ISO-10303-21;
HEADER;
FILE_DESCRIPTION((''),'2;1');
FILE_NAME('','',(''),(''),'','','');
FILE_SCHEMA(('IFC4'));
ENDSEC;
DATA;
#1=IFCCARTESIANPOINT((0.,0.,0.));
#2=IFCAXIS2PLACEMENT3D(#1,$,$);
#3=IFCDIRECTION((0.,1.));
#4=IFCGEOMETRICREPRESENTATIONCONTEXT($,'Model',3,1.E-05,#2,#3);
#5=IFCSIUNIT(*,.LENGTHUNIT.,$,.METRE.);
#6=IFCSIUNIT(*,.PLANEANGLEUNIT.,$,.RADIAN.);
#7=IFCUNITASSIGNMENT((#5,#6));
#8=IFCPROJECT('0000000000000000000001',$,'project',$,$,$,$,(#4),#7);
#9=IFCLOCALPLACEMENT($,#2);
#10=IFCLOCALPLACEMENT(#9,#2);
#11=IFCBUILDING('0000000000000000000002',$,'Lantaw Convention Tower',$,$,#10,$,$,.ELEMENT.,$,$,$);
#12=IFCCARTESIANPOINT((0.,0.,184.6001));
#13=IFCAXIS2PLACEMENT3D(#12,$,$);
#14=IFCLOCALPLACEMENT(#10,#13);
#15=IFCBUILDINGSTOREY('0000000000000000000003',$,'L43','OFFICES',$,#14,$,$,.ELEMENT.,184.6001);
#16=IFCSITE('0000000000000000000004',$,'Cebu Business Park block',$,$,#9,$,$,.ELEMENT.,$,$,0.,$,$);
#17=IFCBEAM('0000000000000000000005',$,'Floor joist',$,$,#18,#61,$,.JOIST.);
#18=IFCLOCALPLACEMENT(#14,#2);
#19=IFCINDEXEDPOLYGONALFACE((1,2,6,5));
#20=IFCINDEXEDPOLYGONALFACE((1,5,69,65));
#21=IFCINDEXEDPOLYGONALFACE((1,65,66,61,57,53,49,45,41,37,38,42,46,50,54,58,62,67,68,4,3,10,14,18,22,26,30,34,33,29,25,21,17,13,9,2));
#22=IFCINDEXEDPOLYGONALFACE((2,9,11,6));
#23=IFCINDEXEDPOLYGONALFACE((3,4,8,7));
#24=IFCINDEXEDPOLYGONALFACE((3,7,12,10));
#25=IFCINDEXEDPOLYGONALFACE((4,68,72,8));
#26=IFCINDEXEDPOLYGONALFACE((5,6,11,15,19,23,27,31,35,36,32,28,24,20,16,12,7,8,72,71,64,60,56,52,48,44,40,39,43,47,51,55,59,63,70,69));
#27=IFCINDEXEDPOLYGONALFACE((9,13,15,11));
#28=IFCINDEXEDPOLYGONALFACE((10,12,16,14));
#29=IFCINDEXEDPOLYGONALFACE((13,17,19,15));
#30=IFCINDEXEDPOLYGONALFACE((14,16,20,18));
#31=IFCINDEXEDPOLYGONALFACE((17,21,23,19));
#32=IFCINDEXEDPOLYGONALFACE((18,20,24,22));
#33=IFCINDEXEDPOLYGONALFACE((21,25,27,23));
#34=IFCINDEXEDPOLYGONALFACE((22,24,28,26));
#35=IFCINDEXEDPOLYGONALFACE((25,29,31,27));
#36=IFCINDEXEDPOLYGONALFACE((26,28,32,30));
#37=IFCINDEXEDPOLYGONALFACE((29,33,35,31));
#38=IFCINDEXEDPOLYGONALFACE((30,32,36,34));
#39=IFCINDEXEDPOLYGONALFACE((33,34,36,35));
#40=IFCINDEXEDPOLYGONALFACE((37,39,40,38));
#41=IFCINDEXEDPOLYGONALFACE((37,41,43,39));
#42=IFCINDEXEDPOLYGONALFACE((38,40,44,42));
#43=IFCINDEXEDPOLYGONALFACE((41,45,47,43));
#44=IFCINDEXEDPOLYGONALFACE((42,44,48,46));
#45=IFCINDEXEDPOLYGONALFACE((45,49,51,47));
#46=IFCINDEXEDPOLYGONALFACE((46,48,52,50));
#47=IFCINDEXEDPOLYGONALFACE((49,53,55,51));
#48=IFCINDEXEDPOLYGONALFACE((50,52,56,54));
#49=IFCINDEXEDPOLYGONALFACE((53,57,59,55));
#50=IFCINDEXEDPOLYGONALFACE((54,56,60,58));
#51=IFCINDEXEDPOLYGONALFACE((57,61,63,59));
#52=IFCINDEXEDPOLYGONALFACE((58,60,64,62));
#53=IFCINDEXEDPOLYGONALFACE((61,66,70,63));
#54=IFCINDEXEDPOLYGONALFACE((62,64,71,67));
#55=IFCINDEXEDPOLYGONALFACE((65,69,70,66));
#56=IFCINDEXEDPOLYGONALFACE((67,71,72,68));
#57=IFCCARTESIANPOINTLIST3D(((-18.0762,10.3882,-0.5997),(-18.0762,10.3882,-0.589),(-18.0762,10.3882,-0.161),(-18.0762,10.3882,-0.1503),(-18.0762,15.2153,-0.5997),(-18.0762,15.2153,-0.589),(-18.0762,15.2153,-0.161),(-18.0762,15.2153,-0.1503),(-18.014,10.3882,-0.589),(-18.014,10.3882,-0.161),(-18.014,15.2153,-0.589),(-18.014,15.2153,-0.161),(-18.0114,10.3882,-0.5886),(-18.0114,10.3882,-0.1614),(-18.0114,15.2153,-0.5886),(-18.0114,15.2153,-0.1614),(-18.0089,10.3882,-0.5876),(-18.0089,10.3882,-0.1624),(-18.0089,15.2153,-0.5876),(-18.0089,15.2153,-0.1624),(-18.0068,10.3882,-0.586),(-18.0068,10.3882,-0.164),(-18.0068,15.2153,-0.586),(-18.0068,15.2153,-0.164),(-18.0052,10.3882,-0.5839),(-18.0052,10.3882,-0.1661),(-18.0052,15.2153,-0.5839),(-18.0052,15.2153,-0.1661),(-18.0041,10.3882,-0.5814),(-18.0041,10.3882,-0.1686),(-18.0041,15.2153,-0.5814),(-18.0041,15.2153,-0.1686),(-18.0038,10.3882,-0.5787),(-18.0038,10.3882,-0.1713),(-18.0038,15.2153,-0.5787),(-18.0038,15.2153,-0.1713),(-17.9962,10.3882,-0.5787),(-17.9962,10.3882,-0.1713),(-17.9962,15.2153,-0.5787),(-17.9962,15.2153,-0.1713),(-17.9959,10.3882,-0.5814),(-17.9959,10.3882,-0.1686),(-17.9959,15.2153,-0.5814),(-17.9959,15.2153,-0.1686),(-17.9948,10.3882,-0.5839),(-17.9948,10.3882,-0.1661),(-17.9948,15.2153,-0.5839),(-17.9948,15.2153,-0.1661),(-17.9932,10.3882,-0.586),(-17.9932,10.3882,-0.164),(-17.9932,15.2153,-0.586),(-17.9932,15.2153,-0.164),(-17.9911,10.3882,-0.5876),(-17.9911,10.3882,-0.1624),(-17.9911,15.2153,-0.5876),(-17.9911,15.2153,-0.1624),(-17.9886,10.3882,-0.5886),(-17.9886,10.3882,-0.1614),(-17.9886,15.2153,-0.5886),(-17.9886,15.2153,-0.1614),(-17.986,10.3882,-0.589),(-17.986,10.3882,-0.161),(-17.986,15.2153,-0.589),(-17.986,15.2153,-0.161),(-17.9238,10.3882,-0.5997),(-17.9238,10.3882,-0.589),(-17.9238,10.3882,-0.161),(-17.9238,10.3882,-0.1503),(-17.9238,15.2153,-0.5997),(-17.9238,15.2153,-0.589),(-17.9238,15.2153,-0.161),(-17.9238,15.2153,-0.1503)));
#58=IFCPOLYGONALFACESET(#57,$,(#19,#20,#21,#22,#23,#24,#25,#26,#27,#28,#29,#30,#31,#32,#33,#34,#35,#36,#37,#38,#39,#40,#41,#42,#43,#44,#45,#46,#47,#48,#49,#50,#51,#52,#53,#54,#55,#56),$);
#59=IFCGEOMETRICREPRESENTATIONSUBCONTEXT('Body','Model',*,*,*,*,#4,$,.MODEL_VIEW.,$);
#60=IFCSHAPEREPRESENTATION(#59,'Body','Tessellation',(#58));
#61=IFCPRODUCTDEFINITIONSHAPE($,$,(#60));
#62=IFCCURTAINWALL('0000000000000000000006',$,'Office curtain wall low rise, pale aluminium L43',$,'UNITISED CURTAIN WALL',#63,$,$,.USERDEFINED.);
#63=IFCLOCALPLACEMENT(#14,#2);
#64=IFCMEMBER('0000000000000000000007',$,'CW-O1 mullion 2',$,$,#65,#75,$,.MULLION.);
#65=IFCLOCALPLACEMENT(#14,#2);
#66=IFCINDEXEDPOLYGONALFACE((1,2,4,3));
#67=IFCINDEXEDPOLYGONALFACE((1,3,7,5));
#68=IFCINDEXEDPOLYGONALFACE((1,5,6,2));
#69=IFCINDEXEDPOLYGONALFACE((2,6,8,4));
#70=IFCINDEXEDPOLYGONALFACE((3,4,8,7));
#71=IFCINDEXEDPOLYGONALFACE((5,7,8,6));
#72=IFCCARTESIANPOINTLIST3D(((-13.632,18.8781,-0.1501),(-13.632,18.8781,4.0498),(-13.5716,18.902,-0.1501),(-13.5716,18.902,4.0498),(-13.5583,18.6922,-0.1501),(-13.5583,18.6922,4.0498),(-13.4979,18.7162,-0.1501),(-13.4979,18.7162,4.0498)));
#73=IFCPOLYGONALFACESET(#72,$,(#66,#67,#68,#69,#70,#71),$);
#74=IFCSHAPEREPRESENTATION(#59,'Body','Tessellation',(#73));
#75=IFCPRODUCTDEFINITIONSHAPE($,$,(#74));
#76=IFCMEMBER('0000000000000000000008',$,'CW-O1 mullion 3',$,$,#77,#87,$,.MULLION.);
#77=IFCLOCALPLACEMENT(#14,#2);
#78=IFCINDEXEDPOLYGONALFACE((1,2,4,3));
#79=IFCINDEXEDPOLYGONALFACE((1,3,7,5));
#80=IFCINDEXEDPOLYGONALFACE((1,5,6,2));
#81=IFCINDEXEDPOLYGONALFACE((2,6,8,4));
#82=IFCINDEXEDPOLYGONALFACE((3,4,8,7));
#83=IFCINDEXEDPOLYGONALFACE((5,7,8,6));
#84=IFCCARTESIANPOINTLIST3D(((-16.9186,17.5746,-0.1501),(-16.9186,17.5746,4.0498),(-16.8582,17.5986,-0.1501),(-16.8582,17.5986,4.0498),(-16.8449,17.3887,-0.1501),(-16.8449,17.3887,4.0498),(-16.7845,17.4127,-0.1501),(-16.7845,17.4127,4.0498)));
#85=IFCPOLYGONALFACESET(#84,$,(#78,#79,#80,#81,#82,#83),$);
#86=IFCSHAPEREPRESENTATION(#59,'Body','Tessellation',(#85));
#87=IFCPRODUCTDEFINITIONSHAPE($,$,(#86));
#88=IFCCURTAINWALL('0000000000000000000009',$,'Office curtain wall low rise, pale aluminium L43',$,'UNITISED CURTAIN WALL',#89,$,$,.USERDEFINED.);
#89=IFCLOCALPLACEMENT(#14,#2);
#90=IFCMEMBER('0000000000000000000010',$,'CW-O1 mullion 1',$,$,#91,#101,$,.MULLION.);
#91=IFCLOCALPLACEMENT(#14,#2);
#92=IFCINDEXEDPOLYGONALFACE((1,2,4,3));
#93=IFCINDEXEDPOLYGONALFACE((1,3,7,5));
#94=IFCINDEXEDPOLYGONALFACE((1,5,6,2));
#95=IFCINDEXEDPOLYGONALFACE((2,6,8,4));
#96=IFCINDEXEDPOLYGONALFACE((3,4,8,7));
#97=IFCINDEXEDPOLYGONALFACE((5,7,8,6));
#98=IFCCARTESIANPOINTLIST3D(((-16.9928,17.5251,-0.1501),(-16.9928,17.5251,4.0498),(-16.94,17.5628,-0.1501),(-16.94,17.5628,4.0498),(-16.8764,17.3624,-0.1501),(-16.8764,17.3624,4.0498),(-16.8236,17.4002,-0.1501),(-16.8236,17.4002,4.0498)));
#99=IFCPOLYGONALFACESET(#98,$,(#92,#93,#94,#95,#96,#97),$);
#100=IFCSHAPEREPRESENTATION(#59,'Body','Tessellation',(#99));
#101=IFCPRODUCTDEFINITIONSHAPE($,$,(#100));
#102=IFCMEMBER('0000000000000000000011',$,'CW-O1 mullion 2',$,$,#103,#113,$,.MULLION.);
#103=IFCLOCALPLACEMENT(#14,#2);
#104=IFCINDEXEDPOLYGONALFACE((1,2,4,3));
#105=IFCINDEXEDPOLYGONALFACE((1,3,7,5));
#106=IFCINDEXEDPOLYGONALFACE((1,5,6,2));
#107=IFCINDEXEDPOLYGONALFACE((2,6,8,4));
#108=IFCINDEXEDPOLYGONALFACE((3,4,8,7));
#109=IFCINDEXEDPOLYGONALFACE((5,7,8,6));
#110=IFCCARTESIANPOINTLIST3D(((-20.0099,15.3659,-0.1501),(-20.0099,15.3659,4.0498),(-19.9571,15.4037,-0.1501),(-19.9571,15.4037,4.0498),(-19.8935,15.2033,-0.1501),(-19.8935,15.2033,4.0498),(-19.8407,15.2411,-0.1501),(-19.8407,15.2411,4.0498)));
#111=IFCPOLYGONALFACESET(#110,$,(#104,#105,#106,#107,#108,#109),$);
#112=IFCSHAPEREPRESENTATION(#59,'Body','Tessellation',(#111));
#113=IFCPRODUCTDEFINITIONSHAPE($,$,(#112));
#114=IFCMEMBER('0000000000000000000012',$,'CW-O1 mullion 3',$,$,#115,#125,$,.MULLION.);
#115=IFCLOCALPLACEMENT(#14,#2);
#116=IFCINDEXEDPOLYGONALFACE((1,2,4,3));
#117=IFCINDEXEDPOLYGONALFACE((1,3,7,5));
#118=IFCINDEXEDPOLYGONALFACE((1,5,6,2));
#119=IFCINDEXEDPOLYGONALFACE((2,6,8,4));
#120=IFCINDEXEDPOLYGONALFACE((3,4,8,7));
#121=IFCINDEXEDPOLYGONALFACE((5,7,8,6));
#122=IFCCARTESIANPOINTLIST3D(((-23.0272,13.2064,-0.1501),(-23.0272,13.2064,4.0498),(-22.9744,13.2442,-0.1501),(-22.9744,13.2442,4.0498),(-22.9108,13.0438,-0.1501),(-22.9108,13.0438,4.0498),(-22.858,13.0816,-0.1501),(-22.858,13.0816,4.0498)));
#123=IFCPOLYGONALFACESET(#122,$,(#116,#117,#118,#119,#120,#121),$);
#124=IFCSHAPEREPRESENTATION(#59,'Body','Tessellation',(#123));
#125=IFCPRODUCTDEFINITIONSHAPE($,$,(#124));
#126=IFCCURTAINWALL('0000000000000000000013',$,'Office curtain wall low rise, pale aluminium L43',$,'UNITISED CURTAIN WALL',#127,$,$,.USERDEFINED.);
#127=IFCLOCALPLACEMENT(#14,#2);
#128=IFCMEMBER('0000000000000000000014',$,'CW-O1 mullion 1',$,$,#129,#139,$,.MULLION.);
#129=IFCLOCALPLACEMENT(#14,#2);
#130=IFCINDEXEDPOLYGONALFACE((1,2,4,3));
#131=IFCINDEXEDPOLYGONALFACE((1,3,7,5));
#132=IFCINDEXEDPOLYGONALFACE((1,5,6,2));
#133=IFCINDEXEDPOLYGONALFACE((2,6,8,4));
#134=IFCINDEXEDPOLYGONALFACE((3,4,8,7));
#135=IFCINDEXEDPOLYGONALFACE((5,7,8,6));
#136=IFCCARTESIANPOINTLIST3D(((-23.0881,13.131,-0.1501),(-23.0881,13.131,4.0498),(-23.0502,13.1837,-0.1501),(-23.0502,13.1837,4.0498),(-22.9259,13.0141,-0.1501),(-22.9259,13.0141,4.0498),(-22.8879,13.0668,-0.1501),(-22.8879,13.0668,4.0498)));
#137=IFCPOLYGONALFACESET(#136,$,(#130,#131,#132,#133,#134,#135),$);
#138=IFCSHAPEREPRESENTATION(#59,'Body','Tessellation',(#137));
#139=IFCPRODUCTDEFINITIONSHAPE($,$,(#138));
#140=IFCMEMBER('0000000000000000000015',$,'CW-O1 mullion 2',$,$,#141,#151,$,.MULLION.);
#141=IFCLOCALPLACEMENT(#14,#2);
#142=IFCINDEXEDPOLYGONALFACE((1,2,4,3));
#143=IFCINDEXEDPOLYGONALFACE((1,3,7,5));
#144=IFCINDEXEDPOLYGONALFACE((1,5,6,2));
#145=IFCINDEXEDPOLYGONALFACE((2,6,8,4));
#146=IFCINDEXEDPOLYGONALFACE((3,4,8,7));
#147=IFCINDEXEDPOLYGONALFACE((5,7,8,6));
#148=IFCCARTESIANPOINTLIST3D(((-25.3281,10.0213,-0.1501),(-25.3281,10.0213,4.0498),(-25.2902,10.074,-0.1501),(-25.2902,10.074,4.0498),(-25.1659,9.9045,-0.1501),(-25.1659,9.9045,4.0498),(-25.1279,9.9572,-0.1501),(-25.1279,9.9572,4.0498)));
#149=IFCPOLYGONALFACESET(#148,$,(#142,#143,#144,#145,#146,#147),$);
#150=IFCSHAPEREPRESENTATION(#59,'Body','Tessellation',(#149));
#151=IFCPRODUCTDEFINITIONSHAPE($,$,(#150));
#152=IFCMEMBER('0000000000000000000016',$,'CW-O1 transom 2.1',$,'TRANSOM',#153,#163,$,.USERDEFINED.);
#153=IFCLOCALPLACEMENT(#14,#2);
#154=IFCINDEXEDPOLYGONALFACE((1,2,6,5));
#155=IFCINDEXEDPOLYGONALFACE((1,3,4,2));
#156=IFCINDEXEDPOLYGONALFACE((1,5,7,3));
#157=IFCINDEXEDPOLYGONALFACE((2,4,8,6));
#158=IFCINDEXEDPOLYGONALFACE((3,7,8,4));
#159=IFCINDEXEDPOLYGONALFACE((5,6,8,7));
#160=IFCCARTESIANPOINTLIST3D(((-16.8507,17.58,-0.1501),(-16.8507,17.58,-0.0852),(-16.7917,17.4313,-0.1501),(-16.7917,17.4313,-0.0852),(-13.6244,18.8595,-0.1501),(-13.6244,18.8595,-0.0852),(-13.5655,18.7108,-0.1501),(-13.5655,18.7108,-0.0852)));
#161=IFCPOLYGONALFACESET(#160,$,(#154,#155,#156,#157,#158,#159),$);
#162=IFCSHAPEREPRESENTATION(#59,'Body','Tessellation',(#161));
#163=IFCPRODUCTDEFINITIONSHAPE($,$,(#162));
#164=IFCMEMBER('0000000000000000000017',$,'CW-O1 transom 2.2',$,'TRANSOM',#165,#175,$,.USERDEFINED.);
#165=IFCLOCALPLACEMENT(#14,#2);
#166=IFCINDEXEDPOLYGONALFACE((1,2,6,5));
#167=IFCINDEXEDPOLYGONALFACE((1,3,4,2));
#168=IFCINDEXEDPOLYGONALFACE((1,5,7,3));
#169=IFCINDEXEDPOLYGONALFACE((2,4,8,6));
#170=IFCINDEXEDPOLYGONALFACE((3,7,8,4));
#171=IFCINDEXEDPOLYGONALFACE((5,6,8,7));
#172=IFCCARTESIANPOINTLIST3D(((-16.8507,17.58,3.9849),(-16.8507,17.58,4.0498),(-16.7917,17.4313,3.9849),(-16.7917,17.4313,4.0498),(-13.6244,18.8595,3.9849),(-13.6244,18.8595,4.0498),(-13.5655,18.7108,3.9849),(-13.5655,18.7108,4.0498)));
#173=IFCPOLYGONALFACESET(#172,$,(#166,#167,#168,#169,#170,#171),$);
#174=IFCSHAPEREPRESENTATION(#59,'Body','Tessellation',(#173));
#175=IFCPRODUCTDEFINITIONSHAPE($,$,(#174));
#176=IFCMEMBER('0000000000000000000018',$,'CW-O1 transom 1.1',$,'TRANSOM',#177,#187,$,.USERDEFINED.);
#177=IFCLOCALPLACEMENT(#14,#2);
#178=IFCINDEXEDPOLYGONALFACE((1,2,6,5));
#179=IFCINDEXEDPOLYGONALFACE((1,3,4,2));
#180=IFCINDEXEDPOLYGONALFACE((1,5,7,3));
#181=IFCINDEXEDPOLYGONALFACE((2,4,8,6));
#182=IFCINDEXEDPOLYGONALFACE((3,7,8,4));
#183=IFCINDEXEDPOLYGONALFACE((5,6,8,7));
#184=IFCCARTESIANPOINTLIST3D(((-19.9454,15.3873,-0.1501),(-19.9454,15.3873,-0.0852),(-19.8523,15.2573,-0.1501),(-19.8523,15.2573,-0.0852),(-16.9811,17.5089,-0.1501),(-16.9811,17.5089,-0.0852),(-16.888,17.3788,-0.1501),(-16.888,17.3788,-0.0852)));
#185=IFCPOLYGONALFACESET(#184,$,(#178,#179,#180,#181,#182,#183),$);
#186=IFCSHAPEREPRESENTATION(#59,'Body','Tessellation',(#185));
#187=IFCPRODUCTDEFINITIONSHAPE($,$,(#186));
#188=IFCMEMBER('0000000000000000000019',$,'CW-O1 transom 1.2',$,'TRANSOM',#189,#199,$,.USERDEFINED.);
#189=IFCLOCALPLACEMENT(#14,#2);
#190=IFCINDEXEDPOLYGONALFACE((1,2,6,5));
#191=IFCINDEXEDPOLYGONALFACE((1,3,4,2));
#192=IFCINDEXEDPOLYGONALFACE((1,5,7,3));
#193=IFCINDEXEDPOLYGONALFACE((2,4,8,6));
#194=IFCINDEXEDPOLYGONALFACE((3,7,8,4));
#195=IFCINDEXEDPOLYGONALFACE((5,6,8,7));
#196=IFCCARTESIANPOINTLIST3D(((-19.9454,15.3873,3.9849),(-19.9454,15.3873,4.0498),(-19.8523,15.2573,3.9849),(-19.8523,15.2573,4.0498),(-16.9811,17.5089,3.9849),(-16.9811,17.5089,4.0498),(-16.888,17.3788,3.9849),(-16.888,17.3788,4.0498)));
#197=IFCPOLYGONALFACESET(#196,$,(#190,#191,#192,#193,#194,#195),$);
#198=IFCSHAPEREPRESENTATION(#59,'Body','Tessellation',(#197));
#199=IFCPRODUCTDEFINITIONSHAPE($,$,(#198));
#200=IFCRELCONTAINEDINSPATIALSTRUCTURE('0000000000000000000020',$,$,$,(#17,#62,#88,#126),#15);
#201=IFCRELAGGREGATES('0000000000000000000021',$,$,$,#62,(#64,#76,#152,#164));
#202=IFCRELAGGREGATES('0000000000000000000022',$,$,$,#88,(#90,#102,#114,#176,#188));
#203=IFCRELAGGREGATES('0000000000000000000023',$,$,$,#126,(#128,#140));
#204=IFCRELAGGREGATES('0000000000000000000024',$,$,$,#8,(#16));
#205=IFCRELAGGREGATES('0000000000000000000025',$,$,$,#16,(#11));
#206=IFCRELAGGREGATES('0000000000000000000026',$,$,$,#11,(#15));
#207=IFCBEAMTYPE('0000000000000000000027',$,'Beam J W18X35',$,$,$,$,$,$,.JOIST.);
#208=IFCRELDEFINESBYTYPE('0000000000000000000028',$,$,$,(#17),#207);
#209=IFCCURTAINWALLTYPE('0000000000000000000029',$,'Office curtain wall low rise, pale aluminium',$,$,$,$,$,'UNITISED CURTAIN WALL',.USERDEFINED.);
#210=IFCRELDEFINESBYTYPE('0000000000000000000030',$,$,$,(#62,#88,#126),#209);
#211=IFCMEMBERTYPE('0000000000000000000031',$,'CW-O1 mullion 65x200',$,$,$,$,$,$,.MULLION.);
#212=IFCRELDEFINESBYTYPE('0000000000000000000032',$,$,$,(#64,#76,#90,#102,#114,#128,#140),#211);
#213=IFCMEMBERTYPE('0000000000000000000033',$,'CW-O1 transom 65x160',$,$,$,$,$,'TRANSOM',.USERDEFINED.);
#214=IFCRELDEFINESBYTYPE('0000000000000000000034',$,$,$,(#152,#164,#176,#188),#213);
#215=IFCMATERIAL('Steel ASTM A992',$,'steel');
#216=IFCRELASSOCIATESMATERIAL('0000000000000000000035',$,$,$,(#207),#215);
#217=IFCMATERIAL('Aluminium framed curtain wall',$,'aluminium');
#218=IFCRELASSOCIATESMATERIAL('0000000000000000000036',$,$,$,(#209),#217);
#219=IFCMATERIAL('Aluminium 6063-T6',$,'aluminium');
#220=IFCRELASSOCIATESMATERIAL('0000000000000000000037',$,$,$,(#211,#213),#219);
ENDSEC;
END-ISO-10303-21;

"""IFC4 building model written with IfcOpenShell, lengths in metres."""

from ifc_helpers import new_model, si_unit, direction, frame, origin, origin_2d, place, context, subcontext, project, spatial, rectangle, i_section, extrude, material, material_profile, profile_set, type_object, element, aggregate, save


model = new_model("IFC4")

# Units and contexts
model_context = context("Model", 3, precision=1e-05, world=origin(), true_north=direction((0.0, 1.0)))
body_context = subcontext(model_context, "Body", "Model", "MODEL_VIEW")
ifc_project = project(units=[si_unit("LENGTHUNIT", "METRE"), si_unit("PLANEANGLEUNIT", "RADIAN")], contexts=[model_context])

# Site, building, storey
site_placement = place(None, origin())
site = spatial("IfcSite", under=ifc_project, at=site_placement, Name="Cebu Business Park block", CompositionType="ELEMENT", RefElevation=0.0)
building_placement = place(site_placement, origin())
building = spatial("IfcBuilding", under=site, at=building_placement, Name="Lantaw Convention Tower", CompositionType="ELEMENT")
storey_placement = place(building_placement, frame((0.0, 0.0, 184.6001)))
storey = spatial("IfcBuildingStorey", under=building, at=storey_placement, Name="L43", Description="OFFICES", CompositionType="ELEMENT", Elevation=184.6001)

# Beam
ifc_material_1 = material(Name="Steel ASTM A992", Category="steel")
ifc_material_profile_1 = material_profile(ifc_material_1, i_section(OverallWidth=0.1523, OverallDepth=0.4495, WebThickness=0.0076, FlangeThickness=0.0107, FilletRadius=0.0103, at=origin_2d()), Name="W18X35")
ifc_profile_set_1 = profile_set([ifc_material_profile_1], Name="Steel ASTM A992")
beam_type_1 = type_object("IfcBeamType", Name="Beam J W18X35", PredefinedType="JOIST", material=ifc_profile_set_1)
beam_1_placement = place(storey_placement, frame((-18.0, 10.3882, -0.375), z_axis=(0.0, 1.0, 0.0), x_axis=(-1.0, 0.0, 0.0)))
element("IfcBeam", 1, at=beam_1_placement, inside=storey, type_object=beam_type_1, Name="Floor joist", PredefinedType="JOIST", context=body_context, shape_type="SweptSolid", body=[
    extrude(i_section(OverallWidth=0.1523, OverallDepth=0.4495, WebThickness=0.0076, FlangeThickness=0.0107, FilletRadius=0.0103, at=origin_2d()), origin(), (0.0, 0.0, 1.0), 4.8271),
])

# Curtain walls, members
ifc_material_2 = material(Name="Aluminium framed curtain wall", Category="aluminium")
curtain_wall_type = type_object("IfcCurtainWallType", Name="Office curtain wall low rise, pale aluminium", ElementType="UNITISED CURTAIN WALL", PredefinedType="USERDEFINED", material=ifc_material_2)
curtain_wall_1_placement = place(storey_placement, origin())
curtain_wall_1 = element("IfcCurtainWall", 2, at=curtain_wall_1_placement, inside=storey, type_object=curtain_wall_type, Name="Office curtain wall low rise, pale aluminium L43", ObjectType="UNITISED CURTAIN WALL", PredefinedType="USERDEFINED")
ifc_material_3 = material(Name="Aluminium 6063-T6", Category="aluminium")
ifc_material_profile_2 = material_profile(ifc_material_3, rectangle(XDim=0.2, YDim=0.0649, at=origin_2d()), Name="CW-O1 mullion 65x200")
ifc_profile_set_2 = profile_set([ifc_material_profile_2], Name="Aluminium 6063-T6")
member_type_1 = type_object("IfcMemberType", Name="CW-O1 mullion 65x200", PredefinedType="MULLION", material=ifc_profile_set_2)
member_1_placement = place(storey_placement, frame((-13.5649, 18.7971, -0.1501), z_axis=(0.0, 0.0, 1.0), x_axis=(0.368702, -0.929548, 0.0)))
member_1 = element("IfcMember", 3, at=member_1_placement, type_object=member_type_1, Name="CW-O1 mullion 2", PredefinedType="MULLION", context=body_context, shape_type="SweptSolid", body=[
    extrude(rectangle(XDim=0.2, YDim=0.0649, at=origin_2d()), origin(), (0.0, 0.0, 1.0), 4.2),
])
member_2_placement = place(storey_placement, frame((-16.8516, 17.4937, -0.1501), z_axis=(0.0, 0.0, 1.0), x_axis=(0.368702, -0.929548, 0.0)))
member_2 = element("IfcMember", 4, at=member_2_placement, type_object=member_type_1, Name="CW-O1 mullion 3", PredefinedType="MULLION", context=body_context, shape_type="SweptSolid", body=[
    extrude(rectangle(XDim=0.2, YDim=0.0649, at=origin_2d()), origin(), (0.0, 0.0, 1.0), 4.2),
])
curtain_wall_2_placement = place(storey_placement, origin())
curtain_wall_2 = element("IfcCurtainWall", 5, at=curtain_wall_2_placement, inside=storey, type_object=curtain_wall_type, Name="Office curtain wall low rise, pale aluminium L43", ObjectType="UNITISED CURTAIN WALL", PredefinedType="USERDEFINED")
member_3_placement = place(storey_placement, frame((-16.9082, 17.4626, -0.1501), z_axis=(0.0, 0.0, 1.0), x_axis=(0.581973, -0.813208, 0.0)))
member_3 = element("IfcMember", 6, at=member_3_placement, type_object=member_type_1, Name="CW-O1 mullion 1", PredefinedType="MULLION", context=body_context, shape_type="SweptSolid", body=[
    extrude(rectangle(XDim=0.2, YDim=0.0649, at=origin_2d()), origin(), (0.0, 0.0, 1.0), 4.2),
])
member_4_placement = place(storey_placement, frame((-19.9253, 15.3035, -0.1501), z_axis=(0.0, 0.0, 1.0), x_axis=(0.581973, -0.813208, 0.0)))
member_4 = element("IfcMember", 7, at=member_4_placement, type_object=member_type_1, Name="CW-O1 mullion 2", PredefinedType="MULLION", context=body_context, shape_type="SweptSolid", body=[
    extrude(rectangle(XDim=0.2, YDim=0.0649, at=origin_2d()), origin(), (0.0, 0.0, 1.0), 4.2),
])
member_5_placement = place(storey_placement, frame((-22.9426, 13.144, -0.1501), z_axis=(0.0, 0.0, 1.0), x_axis=(0.581973, -0.813208, 0.0)))
member_5 = element("IfcMember", 8, at=member_5_placement, type_object=member_type_1, Name="CW-O1 mullion 3", PredefinedType="MULLION", context=body_context, shape_type="SweptSolid", body=[
    extrude(rectangle(XDim=0.2, YDim=0.0649, at=origin_2d()), origin(), (0.0, 0.0, 1.0), 4.2),
])
curtain_wall_3_placement = place(storey_placement, origin())
curtain_wall_3 = element("IfcCurtainWall", 9, at=curtain_wall_3_placement, inside=storey, type_object=curtain_wall_type, Name="Office curtain wall low rise, pale aluminium L43", ObjectType="UNITISED CURTAIN WALL", PredefinedType="USERDEFINED")
member_6_placement = place(storey_placement, frame((-22.988, 13.0989, -0.1501), z_axis=(0.0, 0.0, 1.0), x_axis=(0.811385, -0.584513, 0.0)))
member_6 = element("IfcMember", 10, at=member_6_placement, type_object=member_type_1, Name="CW-O1 mullion 1", PredefinedType="MULLION", context=body_context, shape_type="SweptSolid", body=[
    extrude(rectangle(XDim=0.2, YDim=0.0649, at=origin_2d()), origin(), (0.0, 0.0, 1.0), 4.2),
])
member_7_placement = place(storey_placement, frame((-25.228, 9.9893, -0.1501), z_axis=(0.0, 0.0, 1.0), x_axis=(0.811385, -0.584513, 0.0)))
member_7 = element("IfcMember", 11, at=member_7_placement, type_object=member_type_1, Name="CW-O1 mullion 2", PredefinedType="MULLION", context=body_context, shape_type="SweptSolid", body=[
    extrude(rectangle(XDim=0.2, YDim=0.0649, at=origin_2d()), origin(), (0.0, 0.0, 1.0), 4.2),
])

# Members
ifc_material_profile_3 = material_profile(ifc_material_3, rectangle(XDim=0.1599, YDim=0.0649, at=origin_2d()), Name="CW-O1 transom 65x160")
ifc_profile_set_3 = profile_set([ifc_material_profile_3], Name="Aluminium 6063-T6")
member_type_2 = type_object("IfcMemberType", Name="CW-O1 transom 65x160", ElementType="TRANSOM", PredefinedType="USERDEFINED", material=ifc_profile_set_3)
member_8_placement = place(storey_placement, frame((-13.595, 18.7852, -0.1177), z_axis=(-0.929564, -0.36866, 0.0), x_axis=(0.36866, -0.929564, 0.0)))
member_8 = element("IfcMember", 12, at=member_8_placement, type_object=member_type_2, Name="CW-O1 transom 2.1", ObjectType="TRANSOM", PredefinedType="USERDEFINED", context=body_context, shape_type="SweptSolid", body=[
    extrude(rectangle(XDim=0.1599, YDim=0.0649, at=origin_2d()), origin(), (0.0, 0.0, 1.0), 3.4707),
])
member_9_placement = place(storey_placement, frame((-13.595, 18.7852, 4.0173), z_axis=(-0.929564, -0.36866, 0.0), x_axis=(0.36866, -0.929564, 0.0)))
member_9 = element("IfcMember", 13, at=member_9_placement, type_object=member_type_2, Name="CW-O1 transom 2.2", ObjectType="TRANSOM", PredefinedType="USERDEFINED", context=body_context, shape_type="SweptSolid", body=[
    extrude(rectangle(XDim=0.1599, YDim=0.0649, at=origin_2d()), origin(), (0.0, 0.0, 1.0), 3.4707),
])
member_10_placement = place(storey_placement, frame((-16.9346, 17.4438, -0.1177), z_axis=(-0.81319, -0.581998, 0.0), x_axis=(0.581998, -0.81319, 0.0)))
member_10 = element("IfcMember", 14, at=member_10_placement, type_object=member_type_2, Name="CW-O1 transom 1.1", ObjectType="TRANSOM", PredefinedType="USERDEFINED", context=body_context, shape_type="SweptSolid", body=[
    extrude(rectangle(XDim=0.1599, YDim=0.0649, at=origin_2d()), origin(), (0.0, 0.0, 1.0), 3.6453),
])
member_11_placement = place(storey_placement, frame((-16.9346, 17.4438, 4.0173), z_axis=(-0.81319, -0.581998, 0.0), x_axis=(0.581998, -0.81319, 0.0)))
member_11 = element("IfcMember", 15, at=member_11_placement, type_object=member_type_2, Name="CW-O1 transom 1.2", ObjectType="TRANSOM", PredefinedType="USERDEFINED", context=body_context, shape_type="SweptSolid", body=[
    extrude(rectangle(XDim=0.1599, YDim=0.0649, at=origin_2d()), origin(), (0.0, 0.0, 1.0), 3.6453),
])

aggregate(curtain_wall_1, [member_1, member_2, member_8, member_9])
aggregate(curtain_wall_2, [member_3, member_4, member_5, member_10, member_11])
aggregate(curtain_wall_3, [member_6, member_7])

save(model, "model.ifc")
